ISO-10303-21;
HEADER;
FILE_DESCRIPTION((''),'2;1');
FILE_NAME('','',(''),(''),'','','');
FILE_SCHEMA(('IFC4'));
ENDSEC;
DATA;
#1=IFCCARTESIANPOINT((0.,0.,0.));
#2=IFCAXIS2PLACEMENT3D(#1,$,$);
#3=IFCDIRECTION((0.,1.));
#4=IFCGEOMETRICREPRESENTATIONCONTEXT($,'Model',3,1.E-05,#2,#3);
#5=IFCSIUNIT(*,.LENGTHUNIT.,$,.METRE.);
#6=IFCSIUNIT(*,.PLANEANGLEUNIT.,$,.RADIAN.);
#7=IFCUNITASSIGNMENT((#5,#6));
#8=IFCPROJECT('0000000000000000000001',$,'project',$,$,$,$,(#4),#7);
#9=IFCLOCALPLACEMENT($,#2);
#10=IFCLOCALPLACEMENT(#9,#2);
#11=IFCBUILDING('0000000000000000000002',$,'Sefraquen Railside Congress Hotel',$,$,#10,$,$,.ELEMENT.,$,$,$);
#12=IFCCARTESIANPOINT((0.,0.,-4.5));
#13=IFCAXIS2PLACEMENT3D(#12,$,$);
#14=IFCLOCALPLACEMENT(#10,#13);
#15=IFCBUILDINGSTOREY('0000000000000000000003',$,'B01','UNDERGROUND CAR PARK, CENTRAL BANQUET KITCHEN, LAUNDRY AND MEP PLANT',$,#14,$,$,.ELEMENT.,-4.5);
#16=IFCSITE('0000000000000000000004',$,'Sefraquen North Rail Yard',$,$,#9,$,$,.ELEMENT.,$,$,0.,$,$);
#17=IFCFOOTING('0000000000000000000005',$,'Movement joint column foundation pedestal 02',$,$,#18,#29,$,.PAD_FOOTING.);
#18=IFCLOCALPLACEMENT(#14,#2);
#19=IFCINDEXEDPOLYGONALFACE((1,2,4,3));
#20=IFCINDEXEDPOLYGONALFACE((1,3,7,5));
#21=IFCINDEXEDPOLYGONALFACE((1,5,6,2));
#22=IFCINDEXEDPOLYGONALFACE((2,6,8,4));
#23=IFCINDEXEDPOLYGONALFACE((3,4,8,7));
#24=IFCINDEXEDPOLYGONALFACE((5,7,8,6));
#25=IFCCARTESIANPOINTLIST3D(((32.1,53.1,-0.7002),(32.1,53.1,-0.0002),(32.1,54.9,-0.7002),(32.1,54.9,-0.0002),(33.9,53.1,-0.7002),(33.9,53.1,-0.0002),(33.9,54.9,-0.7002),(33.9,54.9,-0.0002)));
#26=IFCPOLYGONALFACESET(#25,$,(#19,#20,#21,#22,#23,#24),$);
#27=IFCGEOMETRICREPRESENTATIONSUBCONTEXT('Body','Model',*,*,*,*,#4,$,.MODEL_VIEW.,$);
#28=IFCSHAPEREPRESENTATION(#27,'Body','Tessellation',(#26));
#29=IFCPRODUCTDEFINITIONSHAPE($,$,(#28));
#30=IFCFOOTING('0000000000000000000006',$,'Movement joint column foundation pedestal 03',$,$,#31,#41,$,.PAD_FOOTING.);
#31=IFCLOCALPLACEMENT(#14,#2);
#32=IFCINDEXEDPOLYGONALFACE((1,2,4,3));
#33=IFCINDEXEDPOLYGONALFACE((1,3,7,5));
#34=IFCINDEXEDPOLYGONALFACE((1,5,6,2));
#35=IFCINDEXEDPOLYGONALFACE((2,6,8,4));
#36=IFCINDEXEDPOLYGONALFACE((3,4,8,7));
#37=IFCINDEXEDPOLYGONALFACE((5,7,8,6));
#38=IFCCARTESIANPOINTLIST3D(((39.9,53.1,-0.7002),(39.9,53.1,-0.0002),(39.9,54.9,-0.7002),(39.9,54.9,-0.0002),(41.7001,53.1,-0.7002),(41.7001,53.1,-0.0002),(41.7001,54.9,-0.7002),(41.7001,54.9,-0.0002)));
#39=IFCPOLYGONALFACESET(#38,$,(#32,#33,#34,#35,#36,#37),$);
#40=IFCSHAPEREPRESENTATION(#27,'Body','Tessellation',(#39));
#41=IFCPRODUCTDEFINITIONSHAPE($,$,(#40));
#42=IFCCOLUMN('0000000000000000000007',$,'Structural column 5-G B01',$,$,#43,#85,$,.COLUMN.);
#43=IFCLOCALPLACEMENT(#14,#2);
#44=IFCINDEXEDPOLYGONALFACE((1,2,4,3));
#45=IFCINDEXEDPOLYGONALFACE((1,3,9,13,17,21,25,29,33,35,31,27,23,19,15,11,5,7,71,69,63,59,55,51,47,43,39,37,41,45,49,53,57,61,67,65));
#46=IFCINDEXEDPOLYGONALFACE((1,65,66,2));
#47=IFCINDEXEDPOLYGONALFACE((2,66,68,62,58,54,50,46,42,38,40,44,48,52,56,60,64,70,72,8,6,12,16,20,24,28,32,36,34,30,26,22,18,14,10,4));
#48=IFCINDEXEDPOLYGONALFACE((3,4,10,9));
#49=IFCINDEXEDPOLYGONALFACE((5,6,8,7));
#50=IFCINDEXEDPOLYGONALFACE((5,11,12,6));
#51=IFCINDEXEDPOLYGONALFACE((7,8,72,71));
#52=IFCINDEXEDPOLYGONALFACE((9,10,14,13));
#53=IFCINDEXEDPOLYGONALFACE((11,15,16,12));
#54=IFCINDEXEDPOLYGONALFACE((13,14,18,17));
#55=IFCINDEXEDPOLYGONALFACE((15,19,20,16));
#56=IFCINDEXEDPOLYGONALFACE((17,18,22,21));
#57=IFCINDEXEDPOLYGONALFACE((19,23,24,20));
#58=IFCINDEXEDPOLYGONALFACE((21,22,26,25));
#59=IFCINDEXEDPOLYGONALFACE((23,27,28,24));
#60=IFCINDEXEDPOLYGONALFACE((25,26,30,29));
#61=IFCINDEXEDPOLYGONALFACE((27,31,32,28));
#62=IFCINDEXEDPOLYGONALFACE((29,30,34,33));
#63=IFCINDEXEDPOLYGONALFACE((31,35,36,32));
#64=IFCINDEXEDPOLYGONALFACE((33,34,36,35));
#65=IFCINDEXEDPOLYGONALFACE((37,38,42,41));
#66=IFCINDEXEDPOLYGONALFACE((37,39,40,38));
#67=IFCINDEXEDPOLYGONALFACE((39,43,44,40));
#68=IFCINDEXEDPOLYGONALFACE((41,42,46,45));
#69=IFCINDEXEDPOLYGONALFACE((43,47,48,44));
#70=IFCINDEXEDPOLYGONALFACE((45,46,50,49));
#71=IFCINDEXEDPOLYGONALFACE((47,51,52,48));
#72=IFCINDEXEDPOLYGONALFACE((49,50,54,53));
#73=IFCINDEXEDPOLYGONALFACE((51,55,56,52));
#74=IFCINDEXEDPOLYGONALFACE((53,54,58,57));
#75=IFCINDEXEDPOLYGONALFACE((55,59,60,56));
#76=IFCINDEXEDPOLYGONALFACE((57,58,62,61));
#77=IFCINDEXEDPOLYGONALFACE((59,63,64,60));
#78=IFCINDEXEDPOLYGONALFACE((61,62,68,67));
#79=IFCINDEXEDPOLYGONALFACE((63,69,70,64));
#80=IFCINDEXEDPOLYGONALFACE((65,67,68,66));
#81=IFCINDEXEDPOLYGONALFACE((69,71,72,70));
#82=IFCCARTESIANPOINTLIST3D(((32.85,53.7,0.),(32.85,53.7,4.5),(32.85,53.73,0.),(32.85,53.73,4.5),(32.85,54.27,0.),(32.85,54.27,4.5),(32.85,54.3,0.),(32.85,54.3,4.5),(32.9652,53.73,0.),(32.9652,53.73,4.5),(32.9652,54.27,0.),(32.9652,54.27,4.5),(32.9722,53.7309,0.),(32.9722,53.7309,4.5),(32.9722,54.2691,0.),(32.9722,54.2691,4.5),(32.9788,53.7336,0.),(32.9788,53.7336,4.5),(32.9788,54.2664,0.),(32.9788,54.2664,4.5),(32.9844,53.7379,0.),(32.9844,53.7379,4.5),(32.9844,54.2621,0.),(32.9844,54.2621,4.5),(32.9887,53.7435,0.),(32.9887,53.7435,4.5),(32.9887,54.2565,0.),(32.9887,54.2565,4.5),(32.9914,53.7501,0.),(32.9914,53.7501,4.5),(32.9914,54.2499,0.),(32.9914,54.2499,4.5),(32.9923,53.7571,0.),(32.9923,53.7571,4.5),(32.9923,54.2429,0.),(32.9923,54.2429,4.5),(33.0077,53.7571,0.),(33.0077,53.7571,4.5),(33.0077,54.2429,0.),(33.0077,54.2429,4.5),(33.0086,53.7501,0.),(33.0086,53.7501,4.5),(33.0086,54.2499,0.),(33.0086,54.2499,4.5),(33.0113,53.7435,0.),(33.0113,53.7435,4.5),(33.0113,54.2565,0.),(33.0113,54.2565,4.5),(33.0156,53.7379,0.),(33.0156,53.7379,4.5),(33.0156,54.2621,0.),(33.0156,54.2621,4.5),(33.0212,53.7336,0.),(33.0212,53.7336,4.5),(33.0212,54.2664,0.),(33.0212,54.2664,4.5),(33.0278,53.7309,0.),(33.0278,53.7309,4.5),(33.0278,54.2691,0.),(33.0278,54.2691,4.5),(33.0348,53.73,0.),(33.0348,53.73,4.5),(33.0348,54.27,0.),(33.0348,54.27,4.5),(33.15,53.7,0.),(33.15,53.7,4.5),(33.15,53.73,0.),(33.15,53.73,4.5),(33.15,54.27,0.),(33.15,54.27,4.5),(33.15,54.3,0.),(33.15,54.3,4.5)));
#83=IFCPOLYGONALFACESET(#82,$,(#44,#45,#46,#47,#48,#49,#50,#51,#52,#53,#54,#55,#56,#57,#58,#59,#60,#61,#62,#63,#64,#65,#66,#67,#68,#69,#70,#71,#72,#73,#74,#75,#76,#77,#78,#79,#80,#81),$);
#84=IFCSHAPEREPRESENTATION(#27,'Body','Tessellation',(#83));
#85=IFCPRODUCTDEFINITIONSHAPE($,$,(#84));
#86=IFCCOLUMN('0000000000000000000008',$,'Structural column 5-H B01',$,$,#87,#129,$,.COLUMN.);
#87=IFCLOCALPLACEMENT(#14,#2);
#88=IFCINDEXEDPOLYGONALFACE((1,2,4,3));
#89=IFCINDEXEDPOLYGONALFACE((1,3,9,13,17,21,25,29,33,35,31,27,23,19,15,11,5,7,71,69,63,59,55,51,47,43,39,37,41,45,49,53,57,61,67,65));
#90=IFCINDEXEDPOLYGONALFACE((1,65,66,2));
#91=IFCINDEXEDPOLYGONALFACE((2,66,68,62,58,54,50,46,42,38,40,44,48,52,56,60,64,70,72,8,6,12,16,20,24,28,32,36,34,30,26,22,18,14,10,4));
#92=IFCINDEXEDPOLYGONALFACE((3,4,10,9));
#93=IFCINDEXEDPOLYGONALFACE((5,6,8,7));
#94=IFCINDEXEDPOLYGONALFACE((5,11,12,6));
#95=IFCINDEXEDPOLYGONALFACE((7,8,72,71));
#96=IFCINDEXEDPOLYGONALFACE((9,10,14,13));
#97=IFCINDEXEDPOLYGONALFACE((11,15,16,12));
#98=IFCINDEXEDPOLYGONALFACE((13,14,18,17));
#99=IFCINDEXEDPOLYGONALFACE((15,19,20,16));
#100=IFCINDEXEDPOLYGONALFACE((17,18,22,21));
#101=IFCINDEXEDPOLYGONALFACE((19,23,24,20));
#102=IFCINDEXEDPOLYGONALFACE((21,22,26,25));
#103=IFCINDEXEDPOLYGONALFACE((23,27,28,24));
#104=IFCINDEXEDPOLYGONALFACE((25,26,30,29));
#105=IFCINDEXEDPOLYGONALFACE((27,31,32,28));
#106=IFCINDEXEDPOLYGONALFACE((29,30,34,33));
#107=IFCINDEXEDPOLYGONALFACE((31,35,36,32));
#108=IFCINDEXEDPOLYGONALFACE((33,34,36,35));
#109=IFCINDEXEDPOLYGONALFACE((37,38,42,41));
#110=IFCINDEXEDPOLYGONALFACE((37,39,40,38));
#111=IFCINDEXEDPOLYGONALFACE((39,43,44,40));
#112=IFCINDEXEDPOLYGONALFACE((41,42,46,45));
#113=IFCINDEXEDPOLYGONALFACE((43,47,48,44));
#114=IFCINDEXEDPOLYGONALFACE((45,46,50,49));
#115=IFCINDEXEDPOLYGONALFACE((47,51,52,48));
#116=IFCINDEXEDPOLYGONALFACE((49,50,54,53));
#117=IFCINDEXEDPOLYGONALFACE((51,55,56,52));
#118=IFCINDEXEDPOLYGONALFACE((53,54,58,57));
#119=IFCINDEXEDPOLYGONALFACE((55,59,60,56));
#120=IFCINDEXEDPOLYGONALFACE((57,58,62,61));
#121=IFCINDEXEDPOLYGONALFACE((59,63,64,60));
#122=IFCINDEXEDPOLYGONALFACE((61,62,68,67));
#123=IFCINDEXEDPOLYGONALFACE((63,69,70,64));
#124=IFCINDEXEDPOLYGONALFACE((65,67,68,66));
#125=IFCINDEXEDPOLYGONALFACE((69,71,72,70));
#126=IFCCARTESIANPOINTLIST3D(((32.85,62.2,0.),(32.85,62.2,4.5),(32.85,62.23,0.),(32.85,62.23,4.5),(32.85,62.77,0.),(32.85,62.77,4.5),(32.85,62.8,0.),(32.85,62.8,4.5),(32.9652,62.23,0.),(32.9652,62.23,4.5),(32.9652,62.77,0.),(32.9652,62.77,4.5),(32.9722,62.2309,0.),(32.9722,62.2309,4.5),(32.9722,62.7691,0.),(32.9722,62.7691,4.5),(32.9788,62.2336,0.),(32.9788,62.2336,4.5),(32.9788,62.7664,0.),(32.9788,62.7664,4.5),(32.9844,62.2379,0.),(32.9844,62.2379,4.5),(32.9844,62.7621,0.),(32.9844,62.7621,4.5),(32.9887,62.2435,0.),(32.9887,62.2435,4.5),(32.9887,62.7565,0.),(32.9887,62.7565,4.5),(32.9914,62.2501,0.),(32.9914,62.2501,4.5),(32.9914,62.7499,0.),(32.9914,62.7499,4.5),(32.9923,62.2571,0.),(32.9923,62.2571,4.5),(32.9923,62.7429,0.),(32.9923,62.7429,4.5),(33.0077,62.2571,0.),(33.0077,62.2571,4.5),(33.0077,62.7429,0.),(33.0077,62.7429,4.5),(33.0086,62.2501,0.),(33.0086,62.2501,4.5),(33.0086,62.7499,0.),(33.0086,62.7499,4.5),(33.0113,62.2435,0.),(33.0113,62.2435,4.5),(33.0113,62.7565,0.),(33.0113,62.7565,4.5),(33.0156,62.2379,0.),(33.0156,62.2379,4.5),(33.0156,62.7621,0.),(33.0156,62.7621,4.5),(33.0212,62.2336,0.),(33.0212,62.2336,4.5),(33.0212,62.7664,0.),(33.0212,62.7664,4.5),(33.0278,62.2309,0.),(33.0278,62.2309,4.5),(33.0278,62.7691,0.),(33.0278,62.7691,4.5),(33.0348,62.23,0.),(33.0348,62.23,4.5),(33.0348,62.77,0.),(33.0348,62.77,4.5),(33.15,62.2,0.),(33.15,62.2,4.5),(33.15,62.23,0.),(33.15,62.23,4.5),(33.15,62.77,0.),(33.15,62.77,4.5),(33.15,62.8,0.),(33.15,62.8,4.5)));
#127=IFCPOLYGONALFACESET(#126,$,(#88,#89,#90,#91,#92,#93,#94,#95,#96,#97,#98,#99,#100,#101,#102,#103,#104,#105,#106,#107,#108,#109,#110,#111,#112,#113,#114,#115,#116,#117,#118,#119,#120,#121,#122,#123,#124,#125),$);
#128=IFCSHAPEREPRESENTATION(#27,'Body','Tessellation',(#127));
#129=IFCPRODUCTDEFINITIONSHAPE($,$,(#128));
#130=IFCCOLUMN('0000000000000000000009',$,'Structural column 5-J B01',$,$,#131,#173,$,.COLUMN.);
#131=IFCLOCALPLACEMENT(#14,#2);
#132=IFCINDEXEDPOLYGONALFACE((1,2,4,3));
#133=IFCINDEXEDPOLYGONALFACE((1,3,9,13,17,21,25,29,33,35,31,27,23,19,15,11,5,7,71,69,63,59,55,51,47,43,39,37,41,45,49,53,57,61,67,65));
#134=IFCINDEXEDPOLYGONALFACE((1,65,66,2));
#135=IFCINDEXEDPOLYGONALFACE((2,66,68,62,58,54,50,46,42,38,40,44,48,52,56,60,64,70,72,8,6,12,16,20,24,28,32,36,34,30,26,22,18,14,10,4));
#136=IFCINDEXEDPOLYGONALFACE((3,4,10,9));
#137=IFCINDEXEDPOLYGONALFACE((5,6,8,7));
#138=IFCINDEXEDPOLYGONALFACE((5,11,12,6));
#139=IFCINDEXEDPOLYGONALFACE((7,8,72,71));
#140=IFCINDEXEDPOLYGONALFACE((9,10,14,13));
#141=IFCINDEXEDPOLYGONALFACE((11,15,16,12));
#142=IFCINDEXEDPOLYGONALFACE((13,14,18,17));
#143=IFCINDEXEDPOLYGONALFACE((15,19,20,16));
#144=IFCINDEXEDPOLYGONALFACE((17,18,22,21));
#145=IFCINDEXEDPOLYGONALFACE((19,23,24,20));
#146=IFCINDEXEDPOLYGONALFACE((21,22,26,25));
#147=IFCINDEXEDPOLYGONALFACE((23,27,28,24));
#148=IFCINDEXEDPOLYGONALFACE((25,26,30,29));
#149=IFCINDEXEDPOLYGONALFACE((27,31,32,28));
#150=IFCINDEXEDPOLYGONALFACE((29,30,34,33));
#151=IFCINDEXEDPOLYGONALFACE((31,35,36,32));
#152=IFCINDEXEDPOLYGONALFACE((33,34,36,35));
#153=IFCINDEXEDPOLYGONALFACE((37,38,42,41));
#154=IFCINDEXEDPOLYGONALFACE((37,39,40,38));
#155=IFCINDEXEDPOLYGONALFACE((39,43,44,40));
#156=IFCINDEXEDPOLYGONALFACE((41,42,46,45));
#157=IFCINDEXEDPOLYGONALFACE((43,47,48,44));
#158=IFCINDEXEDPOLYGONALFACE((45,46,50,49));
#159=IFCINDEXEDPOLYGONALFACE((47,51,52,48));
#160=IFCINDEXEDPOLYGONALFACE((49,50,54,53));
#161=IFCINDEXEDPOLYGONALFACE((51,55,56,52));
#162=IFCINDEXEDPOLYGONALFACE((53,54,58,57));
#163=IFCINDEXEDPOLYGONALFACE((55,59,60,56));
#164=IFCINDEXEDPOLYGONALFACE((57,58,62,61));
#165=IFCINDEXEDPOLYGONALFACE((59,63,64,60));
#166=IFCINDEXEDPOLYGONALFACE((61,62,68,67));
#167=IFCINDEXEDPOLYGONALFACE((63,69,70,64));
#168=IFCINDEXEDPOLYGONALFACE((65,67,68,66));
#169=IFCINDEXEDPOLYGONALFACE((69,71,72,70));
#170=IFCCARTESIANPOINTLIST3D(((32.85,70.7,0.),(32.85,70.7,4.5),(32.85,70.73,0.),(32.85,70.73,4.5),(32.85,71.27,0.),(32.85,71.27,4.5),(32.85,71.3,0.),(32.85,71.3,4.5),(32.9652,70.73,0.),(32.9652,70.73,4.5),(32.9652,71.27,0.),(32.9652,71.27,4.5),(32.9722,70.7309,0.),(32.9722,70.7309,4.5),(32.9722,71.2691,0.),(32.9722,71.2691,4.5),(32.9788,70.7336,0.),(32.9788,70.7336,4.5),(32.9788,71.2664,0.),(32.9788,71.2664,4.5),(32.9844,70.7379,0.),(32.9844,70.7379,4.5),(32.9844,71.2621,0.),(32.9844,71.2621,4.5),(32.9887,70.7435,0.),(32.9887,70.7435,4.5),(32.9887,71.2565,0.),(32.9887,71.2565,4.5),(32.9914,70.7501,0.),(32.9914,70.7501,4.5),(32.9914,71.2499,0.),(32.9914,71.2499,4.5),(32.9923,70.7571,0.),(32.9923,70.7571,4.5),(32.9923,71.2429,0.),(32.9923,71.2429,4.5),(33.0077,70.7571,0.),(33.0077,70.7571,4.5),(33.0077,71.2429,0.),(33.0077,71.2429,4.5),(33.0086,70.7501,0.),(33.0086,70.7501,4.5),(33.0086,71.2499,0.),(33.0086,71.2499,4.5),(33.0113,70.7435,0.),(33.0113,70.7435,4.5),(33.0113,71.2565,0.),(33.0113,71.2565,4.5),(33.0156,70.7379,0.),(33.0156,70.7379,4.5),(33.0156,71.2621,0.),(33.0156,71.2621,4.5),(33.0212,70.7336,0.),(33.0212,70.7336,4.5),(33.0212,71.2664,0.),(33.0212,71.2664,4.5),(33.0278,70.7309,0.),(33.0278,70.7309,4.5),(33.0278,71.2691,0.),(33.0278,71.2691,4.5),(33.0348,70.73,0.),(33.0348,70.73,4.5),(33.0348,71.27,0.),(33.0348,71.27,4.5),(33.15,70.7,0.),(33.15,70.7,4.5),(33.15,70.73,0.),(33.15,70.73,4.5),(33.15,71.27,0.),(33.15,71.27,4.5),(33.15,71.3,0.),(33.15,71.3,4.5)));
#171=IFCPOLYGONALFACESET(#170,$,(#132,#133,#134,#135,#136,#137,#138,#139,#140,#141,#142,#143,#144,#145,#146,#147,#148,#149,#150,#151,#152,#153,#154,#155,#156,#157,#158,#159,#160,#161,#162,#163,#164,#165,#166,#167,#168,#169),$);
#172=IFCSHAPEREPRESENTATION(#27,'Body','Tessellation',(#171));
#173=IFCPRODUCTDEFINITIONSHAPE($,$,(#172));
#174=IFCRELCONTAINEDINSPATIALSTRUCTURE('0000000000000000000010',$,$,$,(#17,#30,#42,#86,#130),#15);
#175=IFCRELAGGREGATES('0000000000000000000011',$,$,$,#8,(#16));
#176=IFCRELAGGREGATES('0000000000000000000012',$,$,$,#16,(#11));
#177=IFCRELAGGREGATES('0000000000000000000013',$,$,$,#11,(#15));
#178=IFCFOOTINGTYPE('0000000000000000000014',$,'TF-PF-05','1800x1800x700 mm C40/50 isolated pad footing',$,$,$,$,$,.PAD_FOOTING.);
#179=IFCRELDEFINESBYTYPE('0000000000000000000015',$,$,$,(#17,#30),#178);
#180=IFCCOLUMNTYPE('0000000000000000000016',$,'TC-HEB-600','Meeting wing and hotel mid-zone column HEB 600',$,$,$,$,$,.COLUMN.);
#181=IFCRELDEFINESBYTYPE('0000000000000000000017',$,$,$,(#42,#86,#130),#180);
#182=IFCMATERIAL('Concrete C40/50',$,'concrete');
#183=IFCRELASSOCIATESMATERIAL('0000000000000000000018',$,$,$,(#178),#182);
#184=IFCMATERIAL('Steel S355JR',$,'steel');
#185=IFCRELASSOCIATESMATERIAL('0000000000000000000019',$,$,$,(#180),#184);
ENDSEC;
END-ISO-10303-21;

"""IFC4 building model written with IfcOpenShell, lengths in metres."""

from ifc_helpers import new_model, si_unit, direction, frame, origin, origin_2d, place, context, subcontext, project, spatial, rectangle, i_section, extrude, material, material_profile, profile_set, type_object, element, save


model = new_model("IFC4")

# Units and contexts
model_context = context("Model", 3, precision=1e-05, world=origin(), true_north=direction((0.0, 1.0)))
body_context = subcontext(model_context, "Body", "Model", "MODEL_VIEW")
ifc_project = project(units=[si_unit("LENGTHUNIT", "METRE"), si_unit("PLANEANGLEUNIT", "RADIAN")], contexts=[model_context])

# Site, building, storey
site_placement = place(None, origin())
site = spatial("IfcSite", under=ifc_project, at=site_placement, Name="Sefraquen North Rail Yard", CompositionType="ELEMENT", RefElevation=0.0)
building_placement = place(site_placement, origin())
building = spatial("IfcBuilding", under=site, at=building_placement, Name="Sefraquen Railside Congress Hotel", CompositionType="ELEMENT")
storey_placement = place(building_placement, frame((0.0, 0.0, -4.5)))
storey = spatial("IfcBuildingStorey", under=building, at=storey_placement, Name="B01", Description="UNDERGROUND CAR PARK, CENTRAL BANQUET KITCHEN, LAUNDRY AND MEP PLANT", CompositionType="ELEMENT", Elevation=-4.5)

# Footings
ifc_material_1 = material(Name="Concrete C40/50", Category="concrete")
footing_type = type_object("IfcFootingType", Name="TF-PF-05", Description="1800x1800x700 mm C40/50 isolated pad footing", PredefinedType="PAD_FOOTING", material=ifc_material_1)
for number, where, z_axis, x_axis, name in (
    (1, (33.0, 54.0, -0.7002), (0.0, 0.0, 1.0), (1.0, 0.0, 0.0), "Movement joint column foundation pedestal 02"),
    (2, (40.8, 54.0, -0.7002), (0.0, 0.0, 1.0), (1.0, 0.0, 0.0), "Movement joint column foundation pedestal 03"),
):
    element("IfcFooting", number, at=place(storey_placement, frame(where, z_axis=z_axis, x_axis=x_axis)), inside=storey, type_object=footing_type, Name=name, PredefinedType="PAD_FOOTING", context=body_context, shape_type="SweptSolid", body=[
        extrude(rectangle(XDim=1.8, YDim=1.8, at=origin_2d()), origin(), (0.0, 0.0, 1.0), 0.7),
    ])

# Columns
ifc_material_2 = material(Name="Steel S355JR", Category="steel")
ifc_material_profile_1 = material_profile(ifc_material_2, i_section(OverallWidth=0.3, OverallDepth=0.6001, WebThickness=0.0154, FlangeThickness=0.03, FilletRadius=0.0271, at=origin_2d()), Name="HEB 600")
ifc_profile_set_1 = profile_set([ifc_material_profile_1], Name="Steel S355JR")
column_type_1 = type_object("IfcColumnType", Name="TC-HEB-600", Description="Meeting wing and hotel mid-zone column HEB 600", PredefinedType="COLUMN", material=ifc_profile_set_1)
for number, where, z_axis, x_axis, name in (
    (3, (33.0, 54.0, 0.0), (0.0, 0.0, 1.0), (1.0, 0.0, 0.0), "Structural column 5-G B01"),
    (4, (33.0, 62.5, 0.0), (0.0, 0.0, 1.0), (1.0, 0.0, 0.0), "Structural column 5-H B01"),
    (5, (33.0, 71.0, 0.0), (0.0, 0.0, 1.0), (1.0, 0.0, 0.0), "Structural column 5-J B01"),
):
    element("IfcColumn", number, at=place(storey_placement, frame(where, z_axis=z_axis, x_axis=x_axis)), inside=storey, type_object=column_type_1, Name=name, PredefinedType="COLUMN", context=body_context, shape_type="SweptSolid", body=[
        extrude(i_section(OverallWidth=0.3, OverallDepth=0.6001, WebThickness=0.0154, FlangeThickness=0.03, FilletRadius=0.0271, at=origin_2d()), origin(), (0.0, 0.0, 1.0), 4.5),
    ])

save(model, "model.ifc")
